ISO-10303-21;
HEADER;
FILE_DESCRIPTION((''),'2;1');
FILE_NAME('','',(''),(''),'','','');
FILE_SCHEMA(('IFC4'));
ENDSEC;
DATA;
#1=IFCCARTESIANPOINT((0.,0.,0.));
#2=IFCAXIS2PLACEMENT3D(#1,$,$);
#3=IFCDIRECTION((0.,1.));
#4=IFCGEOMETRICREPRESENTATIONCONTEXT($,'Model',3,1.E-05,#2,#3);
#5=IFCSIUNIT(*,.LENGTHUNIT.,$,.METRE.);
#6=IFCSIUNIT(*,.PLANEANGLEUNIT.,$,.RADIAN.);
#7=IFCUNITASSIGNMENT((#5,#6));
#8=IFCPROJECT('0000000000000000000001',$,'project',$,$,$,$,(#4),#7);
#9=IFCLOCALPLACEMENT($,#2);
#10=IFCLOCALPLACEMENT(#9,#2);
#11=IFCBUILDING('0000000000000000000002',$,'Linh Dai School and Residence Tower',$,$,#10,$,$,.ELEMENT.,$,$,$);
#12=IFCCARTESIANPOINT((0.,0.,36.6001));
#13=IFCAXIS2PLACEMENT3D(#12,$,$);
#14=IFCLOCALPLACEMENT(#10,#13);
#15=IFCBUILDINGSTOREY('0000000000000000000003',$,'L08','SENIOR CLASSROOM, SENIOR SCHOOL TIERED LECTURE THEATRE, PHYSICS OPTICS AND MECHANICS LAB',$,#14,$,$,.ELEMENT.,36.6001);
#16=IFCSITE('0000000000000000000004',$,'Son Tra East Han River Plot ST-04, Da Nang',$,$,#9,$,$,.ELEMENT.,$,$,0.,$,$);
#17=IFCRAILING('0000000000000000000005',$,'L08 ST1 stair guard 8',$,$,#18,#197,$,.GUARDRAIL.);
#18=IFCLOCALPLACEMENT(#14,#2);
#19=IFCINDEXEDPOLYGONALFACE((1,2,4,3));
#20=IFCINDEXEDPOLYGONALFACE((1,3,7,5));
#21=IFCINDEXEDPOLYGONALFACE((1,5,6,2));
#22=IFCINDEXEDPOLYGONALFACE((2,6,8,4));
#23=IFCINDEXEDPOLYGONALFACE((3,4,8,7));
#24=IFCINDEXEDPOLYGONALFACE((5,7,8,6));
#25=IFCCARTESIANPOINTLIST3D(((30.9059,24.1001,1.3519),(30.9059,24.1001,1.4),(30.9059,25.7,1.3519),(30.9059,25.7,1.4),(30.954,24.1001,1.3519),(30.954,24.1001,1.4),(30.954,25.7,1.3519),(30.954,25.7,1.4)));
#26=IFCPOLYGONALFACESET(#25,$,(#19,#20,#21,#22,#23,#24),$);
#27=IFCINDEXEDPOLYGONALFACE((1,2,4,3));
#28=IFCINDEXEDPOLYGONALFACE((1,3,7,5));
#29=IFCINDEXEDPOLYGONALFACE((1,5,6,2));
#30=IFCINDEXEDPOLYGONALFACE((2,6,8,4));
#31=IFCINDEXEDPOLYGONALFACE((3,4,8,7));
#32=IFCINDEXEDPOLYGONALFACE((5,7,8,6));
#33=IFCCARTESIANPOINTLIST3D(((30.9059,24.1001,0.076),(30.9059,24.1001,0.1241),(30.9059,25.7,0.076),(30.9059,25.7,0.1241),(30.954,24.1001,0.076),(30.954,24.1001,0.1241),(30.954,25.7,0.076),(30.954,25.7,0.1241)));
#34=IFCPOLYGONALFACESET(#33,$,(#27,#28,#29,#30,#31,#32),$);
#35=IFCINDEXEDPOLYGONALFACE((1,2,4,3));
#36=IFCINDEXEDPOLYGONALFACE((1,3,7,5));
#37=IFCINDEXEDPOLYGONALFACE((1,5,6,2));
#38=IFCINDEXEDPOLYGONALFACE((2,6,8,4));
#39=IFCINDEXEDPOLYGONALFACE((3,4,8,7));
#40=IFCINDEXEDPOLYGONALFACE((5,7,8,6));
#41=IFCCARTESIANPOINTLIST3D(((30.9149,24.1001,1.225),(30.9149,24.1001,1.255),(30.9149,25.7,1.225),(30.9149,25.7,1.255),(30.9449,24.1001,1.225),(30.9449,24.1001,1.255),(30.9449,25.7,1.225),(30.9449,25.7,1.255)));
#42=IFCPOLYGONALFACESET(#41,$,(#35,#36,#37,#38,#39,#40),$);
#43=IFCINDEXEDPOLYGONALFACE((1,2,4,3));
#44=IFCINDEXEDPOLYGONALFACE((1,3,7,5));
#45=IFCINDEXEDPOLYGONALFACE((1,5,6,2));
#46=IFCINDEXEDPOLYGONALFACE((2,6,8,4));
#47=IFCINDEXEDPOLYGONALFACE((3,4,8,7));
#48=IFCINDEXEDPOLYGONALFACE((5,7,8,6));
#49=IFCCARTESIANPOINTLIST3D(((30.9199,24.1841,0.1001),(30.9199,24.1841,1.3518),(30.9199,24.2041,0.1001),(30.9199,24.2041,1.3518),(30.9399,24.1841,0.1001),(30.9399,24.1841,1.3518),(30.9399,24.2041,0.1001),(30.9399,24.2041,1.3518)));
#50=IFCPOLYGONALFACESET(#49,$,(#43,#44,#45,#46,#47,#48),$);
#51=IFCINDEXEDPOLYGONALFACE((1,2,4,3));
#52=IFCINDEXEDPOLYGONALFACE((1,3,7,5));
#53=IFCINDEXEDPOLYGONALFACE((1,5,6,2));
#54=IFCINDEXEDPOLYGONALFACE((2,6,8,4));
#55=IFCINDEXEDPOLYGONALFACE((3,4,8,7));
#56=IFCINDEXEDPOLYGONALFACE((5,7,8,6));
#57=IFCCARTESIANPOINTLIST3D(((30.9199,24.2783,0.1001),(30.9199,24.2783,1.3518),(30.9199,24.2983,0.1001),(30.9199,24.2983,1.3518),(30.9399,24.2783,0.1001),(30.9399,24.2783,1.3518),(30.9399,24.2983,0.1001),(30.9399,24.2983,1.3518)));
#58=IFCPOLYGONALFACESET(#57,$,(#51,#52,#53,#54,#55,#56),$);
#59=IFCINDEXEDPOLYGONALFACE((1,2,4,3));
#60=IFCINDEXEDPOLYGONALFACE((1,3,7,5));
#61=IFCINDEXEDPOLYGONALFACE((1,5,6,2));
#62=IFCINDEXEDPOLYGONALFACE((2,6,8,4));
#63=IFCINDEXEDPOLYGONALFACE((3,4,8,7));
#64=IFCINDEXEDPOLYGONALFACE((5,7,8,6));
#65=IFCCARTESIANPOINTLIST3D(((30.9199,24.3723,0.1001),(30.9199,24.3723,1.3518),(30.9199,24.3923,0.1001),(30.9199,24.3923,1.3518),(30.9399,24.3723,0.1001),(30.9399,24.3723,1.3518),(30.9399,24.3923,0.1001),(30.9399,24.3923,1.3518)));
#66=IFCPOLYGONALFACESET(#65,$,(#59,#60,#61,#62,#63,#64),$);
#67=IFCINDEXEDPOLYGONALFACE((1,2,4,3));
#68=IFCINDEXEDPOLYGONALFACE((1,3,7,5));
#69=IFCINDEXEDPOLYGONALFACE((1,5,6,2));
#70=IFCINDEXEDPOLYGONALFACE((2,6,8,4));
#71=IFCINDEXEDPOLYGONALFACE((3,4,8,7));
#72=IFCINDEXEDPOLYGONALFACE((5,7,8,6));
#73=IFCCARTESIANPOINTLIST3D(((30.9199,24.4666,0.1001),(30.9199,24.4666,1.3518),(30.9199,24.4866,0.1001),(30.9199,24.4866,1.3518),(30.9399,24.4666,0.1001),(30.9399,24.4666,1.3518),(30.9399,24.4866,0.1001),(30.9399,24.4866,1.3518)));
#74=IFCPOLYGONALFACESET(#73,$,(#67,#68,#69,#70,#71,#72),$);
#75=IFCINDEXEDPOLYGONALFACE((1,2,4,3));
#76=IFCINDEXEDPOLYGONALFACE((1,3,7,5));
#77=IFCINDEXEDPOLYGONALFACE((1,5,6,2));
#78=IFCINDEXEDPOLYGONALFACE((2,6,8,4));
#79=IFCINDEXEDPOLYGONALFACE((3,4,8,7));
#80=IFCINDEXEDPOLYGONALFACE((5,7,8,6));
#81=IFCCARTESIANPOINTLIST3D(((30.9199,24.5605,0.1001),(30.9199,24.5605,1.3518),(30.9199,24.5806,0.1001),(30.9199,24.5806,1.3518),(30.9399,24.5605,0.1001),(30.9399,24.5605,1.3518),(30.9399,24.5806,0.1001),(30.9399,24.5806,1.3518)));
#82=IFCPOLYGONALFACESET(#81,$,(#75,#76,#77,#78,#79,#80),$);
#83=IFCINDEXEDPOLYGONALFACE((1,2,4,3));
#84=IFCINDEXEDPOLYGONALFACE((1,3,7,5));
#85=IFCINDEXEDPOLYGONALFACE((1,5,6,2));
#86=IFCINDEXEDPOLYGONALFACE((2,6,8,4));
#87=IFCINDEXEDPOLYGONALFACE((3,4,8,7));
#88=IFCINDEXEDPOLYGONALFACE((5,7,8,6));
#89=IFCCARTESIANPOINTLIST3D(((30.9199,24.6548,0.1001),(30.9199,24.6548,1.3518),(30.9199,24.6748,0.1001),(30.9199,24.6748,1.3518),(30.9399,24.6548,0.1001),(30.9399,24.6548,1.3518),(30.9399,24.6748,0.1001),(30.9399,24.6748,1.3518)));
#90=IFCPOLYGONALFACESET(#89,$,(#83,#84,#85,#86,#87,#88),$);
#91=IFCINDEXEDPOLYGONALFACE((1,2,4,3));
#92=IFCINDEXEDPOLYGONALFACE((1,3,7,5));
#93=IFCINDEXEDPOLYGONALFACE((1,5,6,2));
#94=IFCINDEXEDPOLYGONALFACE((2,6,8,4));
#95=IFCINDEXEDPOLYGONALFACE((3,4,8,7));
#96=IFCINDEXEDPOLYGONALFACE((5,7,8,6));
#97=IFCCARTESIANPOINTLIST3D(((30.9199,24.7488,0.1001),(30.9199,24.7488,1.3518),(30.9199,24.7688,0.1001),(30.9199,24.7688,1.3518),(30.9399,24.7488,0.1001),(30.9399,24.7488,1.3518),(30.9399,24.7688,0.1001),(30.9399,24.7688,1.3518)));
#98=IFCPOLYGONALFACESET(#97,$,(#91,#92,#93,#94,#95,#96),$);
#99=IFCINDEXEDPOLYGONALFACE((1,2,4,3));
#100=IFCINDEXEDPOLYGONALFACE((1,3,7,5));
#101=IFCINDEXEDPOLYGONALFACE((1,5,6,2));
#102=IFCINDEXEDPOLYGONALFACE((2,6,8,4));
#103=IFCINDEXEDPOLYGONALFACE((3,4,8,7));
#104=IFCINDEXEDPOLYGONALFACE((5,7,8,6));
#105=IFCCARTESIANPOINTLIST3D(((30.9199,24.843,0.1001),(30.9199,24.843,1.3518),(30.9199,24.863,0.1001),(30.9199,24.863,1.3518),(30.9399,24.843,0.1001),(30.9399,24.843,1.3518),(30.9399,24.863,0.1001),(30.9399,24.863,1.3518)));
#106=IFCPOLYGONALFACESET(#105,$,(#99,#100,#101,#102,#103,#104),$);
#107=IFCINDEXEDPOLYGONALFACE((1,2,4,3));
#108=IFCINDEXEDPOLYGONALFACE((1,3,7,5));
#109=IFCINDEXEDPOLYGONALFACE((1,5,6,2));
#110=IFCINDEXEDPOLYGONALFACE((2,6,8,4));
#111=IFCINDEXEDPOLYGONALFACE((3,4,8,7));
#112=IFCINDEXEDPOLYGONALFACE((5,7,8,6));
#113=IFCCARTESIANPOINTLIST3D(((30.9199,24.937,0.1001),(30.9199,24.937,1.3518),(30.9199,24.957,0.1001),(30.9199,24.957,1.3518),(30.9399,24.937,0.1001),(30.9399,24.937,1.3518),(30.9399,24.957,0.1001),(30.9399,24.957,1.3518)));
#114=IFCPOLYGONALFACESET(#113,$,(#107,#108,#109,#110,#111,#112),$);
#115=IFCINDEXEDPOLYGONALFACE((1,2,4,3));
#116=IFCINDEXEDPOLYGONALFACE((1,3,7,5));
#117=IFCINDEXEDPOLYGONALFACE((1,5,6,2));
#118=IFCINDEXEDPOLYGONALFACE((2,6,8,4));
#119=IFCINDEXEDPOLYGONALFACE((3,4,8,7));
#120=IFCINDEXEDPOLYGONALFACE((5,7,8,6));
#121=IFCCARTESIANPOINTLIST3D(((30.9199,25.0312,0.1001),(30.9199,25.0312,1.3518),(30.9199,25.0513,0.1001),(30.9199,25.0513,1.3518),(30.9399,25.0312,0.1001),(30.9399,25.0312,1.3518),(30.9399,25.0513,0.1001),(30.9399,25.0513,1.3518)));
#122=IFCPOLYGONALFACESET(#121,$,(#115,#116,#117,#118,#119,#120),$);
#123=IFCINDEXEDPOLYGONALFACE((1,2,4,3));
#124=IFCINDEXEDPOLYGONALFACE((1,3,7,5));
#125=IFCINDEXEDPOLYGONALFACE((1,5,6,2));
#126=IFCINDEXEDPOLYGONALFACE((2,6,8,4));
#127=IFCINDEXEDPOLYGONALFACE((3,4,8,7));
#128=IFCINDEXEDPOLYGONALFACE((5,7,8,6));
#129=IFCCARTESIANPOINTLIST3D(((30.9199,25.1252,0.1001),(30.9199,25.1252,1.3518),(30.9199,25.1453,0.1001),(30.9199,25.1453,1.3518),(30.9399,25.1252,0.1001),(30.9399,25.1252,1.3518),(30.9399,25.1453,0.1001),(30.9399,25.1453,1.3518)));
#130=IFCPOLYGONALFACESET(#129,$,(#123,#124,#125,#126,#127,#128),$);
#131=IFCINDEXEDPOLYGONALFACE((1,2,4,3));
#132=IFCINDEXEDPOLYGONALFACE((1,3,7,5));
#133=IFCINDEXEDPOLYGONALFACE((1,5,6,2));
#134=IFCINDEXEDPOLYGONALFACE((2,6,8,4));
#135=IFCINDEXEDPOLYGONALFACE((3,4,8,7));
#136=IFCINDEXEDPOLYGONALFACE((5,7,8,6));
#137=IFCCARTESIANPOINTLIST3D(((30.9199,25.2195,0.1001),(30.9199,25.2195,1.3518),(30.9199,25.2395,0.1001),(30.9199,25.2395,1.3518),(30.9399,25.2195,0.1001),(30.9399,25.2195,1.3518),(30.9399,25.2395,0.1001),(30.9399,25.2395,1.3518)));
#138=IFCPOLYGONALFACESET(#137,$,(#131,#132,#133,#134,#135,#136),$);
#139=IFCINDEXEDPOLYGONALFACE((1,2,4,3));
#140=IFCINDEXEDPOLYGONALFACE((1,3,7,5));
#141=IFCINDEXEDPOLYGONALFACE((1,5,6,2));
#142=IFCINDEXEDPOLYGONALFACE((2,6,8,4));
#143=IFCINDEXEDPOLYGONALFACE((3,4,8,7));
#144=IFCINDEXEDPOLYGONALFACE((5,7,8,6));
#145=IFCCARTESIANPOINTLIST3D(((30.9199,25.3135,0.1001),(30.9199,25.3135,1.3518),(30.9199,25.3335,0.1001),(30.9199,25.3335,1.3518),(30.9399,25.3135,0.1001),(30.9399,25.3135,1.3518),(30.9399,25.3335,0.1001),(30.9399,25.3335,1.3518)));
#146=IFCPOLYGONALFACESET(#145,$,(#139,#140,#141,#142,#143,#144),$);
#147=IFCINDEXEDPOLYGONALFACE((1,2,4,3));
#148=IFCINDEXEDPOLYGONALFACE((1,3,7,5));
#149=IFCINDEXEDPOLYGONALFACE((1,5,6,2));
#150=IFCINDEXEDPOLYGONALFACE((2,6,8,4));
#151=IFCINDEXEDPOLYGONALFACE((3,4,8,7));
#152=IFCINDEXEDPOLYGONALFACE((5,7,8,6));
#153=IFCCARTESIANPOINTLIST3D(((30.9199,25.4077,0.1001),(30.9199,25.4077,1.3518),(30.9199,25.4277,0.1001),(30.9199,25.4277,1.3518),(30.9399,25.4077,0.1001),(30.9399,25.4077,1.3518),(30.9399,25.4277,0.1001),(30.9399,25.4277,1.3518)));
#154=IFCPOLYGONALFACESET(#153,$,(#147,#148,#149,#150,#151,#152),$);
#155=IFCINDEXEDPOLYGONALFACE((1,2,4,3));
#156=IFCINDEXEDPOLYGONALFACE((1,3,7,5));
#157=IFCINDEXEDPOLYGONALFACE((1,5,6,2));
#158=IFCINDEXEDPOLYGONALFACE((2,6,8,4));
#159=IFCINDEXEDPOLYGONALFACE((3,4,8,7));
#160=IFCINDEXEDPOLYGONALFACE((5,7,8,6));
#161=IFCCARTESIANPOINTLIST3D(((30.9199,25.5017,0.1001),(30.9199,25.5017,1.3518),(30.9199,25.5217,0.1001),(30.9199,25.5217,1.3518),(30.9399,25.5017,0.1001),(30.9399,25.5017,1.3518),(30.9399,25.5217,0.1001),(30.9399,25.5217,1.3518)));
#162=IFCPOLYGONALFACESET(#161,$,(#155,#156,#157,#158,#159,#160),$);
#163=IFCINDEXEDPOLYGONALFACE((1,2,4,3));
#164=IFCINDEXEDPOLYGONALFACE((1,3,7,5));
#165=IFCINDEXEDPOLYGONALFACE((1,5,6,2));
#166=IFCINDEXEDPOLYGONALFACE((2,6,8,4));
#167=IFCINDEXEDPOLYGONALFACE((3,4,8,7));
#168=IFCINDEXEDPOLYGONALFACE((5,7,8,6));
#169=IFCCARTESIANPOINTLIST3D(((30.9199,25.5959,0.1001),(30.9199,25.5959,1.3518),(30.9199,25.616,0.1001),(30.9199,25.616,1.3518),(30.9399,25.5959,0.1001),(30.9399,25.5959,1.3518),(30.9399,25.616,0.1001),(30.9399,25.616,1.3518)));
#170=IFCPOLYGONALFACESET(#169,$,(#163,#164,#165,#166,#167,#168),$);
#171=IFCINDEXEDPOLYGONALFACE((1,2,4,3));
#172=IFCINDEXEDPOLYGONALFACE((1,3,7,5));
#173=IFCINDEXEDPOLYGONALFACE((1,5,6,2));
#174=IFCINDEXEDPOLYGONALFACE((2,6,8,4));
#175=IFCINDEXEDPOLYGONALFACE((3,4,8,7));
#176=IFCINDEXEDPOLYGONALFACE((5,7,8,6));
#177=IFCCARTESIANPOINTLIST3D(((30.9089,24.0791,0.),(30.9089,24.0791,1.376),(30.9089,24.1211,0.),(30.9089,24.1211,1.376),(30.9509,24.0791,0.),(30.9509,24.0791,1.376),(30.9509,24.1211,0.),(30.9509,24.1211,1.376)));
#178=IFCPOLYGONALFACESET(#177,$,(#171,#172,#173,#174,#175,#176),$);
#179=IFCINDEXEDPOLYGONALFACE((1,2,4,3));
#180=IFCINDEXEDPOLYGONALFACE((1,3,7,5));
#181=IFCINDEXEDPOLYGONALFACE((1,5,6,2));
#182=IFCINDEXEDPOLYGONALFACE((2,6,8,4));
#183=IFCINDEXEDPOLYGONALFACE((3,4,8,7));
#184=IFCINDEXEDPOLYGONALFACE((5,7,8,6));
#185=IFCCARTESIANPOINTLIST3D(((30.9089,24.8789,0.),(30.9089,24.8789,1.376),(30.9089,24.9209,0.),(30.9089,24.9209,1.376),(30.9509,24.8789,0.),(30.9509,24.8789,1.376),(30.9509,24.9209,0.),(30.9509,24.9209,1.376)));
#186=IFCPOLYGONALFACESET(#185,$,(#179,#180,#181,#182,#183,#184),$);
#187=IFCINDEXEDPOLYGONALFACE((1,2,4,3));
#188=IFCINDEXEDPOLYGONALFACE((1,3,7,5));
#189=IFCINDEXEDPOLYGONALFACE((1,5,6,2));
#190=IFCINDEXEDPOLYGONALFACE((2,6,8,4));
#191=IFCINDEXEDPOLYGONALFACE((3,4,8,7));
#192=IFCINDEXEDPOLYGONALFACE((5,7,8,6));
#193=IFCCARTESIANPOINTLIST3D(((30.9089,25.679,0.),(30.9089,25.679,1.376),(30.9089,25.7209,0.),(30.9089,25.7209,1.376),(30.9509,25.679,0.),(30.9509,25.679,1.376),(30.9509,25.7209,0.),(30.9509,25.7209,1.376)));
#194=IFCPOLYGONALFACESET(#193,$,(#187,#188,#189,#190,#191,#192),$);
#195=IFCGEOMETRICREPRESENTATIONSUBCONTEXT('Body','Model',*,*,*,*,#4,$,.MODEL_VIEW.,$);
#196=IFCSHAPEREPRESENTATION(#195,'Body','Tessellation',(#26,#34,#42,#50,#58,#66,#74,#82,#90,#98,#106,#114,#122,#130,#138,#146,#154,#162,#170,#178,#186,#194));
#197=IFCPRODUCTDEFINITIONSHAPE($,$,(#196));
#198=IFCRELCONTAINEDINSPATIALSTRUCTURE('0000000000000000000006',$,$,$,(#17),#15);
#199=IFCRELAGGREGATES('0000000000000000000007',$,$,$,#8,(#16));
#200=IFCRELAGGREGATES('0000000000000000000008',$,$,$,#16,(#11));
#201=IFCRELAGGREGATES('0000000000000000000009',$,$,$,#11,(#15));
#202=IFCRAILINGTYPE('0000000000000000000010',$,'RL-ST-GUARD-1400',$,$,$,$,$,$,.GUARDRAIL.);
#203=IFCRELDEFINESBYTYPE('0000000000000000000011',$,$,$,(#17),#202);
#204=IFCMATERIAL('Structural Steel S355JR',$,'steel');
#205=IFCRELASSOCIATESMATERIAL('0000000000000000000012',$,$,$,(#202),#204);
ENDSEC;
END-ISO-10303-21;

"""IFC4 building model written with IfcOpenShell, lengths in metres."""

from ifc_helpers import new_model, si_unit, direction, frame, origin, origin_2d, place, context, subcontext, project, spatial, rectangle, extrude, source, transform, mapped, material, type_object, element, save


model = new_model("IFC4")

# Units and contexts
model_context = context("Model", 3, precision=1e-05, world=origin(), true_north=direction((0.0, 1.0)))
body_context = subcontext(model_context, "Body", "Model", "MODEL_VIEW")
ifc_project = project(units=[si_unit("LENGTHUNIT", "METRE"), si_unit("PLANEANGLEUNIT", "RADIAN")], contexts=[model_context])

# Site, building, storey
site_placement = place(None, origin())
site = spatial("IfcSite", under=ifc_project, at=site_placement, Name="Son Tra East Han River Plot ST-04, Da Nang", CompositionType="ELEMENT", RefElevation=0.0)
building_placement = place(site_placement, origin())
building = spatial("IfcBuilding", under=site, at=building_placement, Name="Linh Dai School and Residence Tower", CompositionType="ELEMENT")
storey_placement = place(building_placement, frame((0.0, 0.0, 36.6001)))
storey = spatial("IfcBuildingStorey", under=building, at=storey_placement, Name="L08", Description="SENIOR CLASSROOM, SENIOR SCHOOL TIERED LECTURE THEATRE, PHYSICS OPTICS AND MECHANICS LAB", CompositionType="ELEMENT", Elevation=36.6001)

# Shared definitions
ifc_material_1 = material(Name="Structural Steel S355JR", Category="steel")

# Railing
railing_type_1 = type_object("IfcRailingType", Name="RL-ST-GUARD-1400", PredefinedType="GUARDRAIL", material=ifc_material_1)
shared_shape_1 = source(origin(), body_context, "Body", "SweptSolid", [
    extrude(rectangle(XDim=0.0481, YDim=0.0481, at=origin_2d()), frame((0.0, 0.0, 1.376), z_axis=(0.0, 1.0, 0.0), x_axis=(-1.0, 0.0, 0.0)), (0.0, 0.0, 1.0), 1.5999),
    extrude(rectangle(XDim=0.0481, YDim=0.0481, at=origin_2d()), frame((0.0, 0.0, 0.1001), z_axis=(0.0, 1.0, 0.0), x_axis=(-1.0, 0.0, 0.0)), (0.0, 0.0, 1.0), 1.5999),
    extrude(rectangle(XDim=0.03, YDim=0.03, at=origin_2d()), frame((0.0, 0.0, 1.24), z_axis=(0.0, 1.0, 0.0), x_axis=(-1.0, 0.0, 0.0)), (0.0, 0.0, 1.0), 1.5999),
    extrude(rectangle(XDim=0.02, YDim=0.02, at=origin_2d()), frame((0.0, 0.094, 0.1001)), (0.0, 0.0, 1.0), 1.2517),
    extrude(rectangle(XDim=0.02, YDim=0.02, at=origin_2d()), frame((0.0, 0.1882, 0.1001)), (0.0, 0.0, 1.0), 1.2517),
    extrude(rectangle(XDim=0.02, YDim=0.02, at=origin_2d()), frame((0.0, 0.2822, 0.1001)), (0.0, 0.0, 1.0), 1.2517),
    extrude(rectangle(XDim=0.02, YDim=0.02, at=origin_2d()), frame((0.0, 0.3765, 0.1001)), (0.0, 0.0, 1.0), 1.2517),
    extrude(rectangle(XDim=0.02, YDim=0.02, at=origin_2d()), frame((0.0, 0.4705, 0.1001)), (0.0, 0.0, 1.0), 1.2517),
    extrude(rectangle(XDim=0.02, YDim=0.02, at=origin_2d()), frame((0.0, 0.5647, 0.1001)), (0.0, 0.0, 1.0), 1.2517),
    extrude(rectangle(XDim=0.02, YDim=0.02, at=origin_2d()), frame((0.0, 0.6587, 0.1001)), (0.0, 0.0, 1.0), 1.2517),
    extrude(rectangle(XDim=0.02, YDim=0.02, at=origin_2d()), frame((0.0, 0.7529, 0.1001)), (0.0, 0.0, 1.0), 1.2517),
    extrude(rectangle(XDim=0.02, YDim=0.02, at=origin_2d()), frame((0.0, 0.8469, 0.1001)), (0.0, 0.0, 1.0), 1.2517),
    extrude(rectangle(XDim=0.02, YDim=0.02, at=origin_2d()), frame((0.0, 0.9412, 0.1001)), (0.0, 0.0, 1.0), 1.2517),
    extrude(rectangle(XDim=0.02, YDim=0.02, at=origin_2d()), frame((0.0, 1.0352, 0.1001)), (0.0, 0.0, 1.0), 1.2517),
    extrude(rectangle(XDim=0.02, YDim=0.02, at=origin_2d()), frame((0.0, 1.1294, 0.1001)), (0.0, 0.0, 1.0), 1.2517),
    extrude(rectangle(XDim=0.02, YDim=0.02, at=origin_2d()), frame((0.0, 1.2234, 0.1001)), (0.0, 0.0, 1.0), 1.2517),
    extrude(rectangle(XDim=0.02, YDim=0.02, at=origin_2d()), frame((0.0, 1.3176, 0.1001)), (0.0, 0.0, 1.0), 1.2517),
    extrude(rectangle(XDim=0.02, YDim=0.02, at=origin_2d()), frame((0.0, 1.4116, 0.1001)), (0.0, 0.0, 1.0), 1.2517),
    extrude(rectangle(XDim=0.02, YDim=0.02, at=origin_2d()), frame((0.0, 1.5059, 0.1001)), (0.0, 0.0, 1.0), 1.2517),
    extrude(rectangle(XDim=0.042, YDim=0.042, at=origin_2d()), origin(), (0.0, 0.0, 1.0), 1.376),
    extrude(rectangle(XDim=0.042, YDim=0.042, at=origin_2d()), frame((0.0, 0.7998, 0.0)), (0.0, 0.0, 1.0), 1.376),
    extrude(rectangle(XDim=0.042, YDim=0.042, at=origin_2d()), frame((0.0, 1.5999, 0.0)), (0.0, 0.0, 1.0), 1.376),
])
for number, where, name in (
    (1, (30.9299, 24.1001, 0.0), "L08 ST1 stair guard 8"),
):
    element("IfcRailing", number, at=place(storey_placement, frame(where)), inside=storey, type_object=railing_type_1, Name=name, PredefinedType="GUARDRAIL", context=body_context, shape_type="MappedRepresentation", body=[
        mapped(shared_shape_1, transform((0.0, 0.0, 0.0), x_axis=(1.0, 0.0, 0.0), y_axis=(0.0, 1.0, 0.0), z_axis=(0.0, 0.0, 1.0), scale=1.0)),
    ])

save(model, "model.ifc")
